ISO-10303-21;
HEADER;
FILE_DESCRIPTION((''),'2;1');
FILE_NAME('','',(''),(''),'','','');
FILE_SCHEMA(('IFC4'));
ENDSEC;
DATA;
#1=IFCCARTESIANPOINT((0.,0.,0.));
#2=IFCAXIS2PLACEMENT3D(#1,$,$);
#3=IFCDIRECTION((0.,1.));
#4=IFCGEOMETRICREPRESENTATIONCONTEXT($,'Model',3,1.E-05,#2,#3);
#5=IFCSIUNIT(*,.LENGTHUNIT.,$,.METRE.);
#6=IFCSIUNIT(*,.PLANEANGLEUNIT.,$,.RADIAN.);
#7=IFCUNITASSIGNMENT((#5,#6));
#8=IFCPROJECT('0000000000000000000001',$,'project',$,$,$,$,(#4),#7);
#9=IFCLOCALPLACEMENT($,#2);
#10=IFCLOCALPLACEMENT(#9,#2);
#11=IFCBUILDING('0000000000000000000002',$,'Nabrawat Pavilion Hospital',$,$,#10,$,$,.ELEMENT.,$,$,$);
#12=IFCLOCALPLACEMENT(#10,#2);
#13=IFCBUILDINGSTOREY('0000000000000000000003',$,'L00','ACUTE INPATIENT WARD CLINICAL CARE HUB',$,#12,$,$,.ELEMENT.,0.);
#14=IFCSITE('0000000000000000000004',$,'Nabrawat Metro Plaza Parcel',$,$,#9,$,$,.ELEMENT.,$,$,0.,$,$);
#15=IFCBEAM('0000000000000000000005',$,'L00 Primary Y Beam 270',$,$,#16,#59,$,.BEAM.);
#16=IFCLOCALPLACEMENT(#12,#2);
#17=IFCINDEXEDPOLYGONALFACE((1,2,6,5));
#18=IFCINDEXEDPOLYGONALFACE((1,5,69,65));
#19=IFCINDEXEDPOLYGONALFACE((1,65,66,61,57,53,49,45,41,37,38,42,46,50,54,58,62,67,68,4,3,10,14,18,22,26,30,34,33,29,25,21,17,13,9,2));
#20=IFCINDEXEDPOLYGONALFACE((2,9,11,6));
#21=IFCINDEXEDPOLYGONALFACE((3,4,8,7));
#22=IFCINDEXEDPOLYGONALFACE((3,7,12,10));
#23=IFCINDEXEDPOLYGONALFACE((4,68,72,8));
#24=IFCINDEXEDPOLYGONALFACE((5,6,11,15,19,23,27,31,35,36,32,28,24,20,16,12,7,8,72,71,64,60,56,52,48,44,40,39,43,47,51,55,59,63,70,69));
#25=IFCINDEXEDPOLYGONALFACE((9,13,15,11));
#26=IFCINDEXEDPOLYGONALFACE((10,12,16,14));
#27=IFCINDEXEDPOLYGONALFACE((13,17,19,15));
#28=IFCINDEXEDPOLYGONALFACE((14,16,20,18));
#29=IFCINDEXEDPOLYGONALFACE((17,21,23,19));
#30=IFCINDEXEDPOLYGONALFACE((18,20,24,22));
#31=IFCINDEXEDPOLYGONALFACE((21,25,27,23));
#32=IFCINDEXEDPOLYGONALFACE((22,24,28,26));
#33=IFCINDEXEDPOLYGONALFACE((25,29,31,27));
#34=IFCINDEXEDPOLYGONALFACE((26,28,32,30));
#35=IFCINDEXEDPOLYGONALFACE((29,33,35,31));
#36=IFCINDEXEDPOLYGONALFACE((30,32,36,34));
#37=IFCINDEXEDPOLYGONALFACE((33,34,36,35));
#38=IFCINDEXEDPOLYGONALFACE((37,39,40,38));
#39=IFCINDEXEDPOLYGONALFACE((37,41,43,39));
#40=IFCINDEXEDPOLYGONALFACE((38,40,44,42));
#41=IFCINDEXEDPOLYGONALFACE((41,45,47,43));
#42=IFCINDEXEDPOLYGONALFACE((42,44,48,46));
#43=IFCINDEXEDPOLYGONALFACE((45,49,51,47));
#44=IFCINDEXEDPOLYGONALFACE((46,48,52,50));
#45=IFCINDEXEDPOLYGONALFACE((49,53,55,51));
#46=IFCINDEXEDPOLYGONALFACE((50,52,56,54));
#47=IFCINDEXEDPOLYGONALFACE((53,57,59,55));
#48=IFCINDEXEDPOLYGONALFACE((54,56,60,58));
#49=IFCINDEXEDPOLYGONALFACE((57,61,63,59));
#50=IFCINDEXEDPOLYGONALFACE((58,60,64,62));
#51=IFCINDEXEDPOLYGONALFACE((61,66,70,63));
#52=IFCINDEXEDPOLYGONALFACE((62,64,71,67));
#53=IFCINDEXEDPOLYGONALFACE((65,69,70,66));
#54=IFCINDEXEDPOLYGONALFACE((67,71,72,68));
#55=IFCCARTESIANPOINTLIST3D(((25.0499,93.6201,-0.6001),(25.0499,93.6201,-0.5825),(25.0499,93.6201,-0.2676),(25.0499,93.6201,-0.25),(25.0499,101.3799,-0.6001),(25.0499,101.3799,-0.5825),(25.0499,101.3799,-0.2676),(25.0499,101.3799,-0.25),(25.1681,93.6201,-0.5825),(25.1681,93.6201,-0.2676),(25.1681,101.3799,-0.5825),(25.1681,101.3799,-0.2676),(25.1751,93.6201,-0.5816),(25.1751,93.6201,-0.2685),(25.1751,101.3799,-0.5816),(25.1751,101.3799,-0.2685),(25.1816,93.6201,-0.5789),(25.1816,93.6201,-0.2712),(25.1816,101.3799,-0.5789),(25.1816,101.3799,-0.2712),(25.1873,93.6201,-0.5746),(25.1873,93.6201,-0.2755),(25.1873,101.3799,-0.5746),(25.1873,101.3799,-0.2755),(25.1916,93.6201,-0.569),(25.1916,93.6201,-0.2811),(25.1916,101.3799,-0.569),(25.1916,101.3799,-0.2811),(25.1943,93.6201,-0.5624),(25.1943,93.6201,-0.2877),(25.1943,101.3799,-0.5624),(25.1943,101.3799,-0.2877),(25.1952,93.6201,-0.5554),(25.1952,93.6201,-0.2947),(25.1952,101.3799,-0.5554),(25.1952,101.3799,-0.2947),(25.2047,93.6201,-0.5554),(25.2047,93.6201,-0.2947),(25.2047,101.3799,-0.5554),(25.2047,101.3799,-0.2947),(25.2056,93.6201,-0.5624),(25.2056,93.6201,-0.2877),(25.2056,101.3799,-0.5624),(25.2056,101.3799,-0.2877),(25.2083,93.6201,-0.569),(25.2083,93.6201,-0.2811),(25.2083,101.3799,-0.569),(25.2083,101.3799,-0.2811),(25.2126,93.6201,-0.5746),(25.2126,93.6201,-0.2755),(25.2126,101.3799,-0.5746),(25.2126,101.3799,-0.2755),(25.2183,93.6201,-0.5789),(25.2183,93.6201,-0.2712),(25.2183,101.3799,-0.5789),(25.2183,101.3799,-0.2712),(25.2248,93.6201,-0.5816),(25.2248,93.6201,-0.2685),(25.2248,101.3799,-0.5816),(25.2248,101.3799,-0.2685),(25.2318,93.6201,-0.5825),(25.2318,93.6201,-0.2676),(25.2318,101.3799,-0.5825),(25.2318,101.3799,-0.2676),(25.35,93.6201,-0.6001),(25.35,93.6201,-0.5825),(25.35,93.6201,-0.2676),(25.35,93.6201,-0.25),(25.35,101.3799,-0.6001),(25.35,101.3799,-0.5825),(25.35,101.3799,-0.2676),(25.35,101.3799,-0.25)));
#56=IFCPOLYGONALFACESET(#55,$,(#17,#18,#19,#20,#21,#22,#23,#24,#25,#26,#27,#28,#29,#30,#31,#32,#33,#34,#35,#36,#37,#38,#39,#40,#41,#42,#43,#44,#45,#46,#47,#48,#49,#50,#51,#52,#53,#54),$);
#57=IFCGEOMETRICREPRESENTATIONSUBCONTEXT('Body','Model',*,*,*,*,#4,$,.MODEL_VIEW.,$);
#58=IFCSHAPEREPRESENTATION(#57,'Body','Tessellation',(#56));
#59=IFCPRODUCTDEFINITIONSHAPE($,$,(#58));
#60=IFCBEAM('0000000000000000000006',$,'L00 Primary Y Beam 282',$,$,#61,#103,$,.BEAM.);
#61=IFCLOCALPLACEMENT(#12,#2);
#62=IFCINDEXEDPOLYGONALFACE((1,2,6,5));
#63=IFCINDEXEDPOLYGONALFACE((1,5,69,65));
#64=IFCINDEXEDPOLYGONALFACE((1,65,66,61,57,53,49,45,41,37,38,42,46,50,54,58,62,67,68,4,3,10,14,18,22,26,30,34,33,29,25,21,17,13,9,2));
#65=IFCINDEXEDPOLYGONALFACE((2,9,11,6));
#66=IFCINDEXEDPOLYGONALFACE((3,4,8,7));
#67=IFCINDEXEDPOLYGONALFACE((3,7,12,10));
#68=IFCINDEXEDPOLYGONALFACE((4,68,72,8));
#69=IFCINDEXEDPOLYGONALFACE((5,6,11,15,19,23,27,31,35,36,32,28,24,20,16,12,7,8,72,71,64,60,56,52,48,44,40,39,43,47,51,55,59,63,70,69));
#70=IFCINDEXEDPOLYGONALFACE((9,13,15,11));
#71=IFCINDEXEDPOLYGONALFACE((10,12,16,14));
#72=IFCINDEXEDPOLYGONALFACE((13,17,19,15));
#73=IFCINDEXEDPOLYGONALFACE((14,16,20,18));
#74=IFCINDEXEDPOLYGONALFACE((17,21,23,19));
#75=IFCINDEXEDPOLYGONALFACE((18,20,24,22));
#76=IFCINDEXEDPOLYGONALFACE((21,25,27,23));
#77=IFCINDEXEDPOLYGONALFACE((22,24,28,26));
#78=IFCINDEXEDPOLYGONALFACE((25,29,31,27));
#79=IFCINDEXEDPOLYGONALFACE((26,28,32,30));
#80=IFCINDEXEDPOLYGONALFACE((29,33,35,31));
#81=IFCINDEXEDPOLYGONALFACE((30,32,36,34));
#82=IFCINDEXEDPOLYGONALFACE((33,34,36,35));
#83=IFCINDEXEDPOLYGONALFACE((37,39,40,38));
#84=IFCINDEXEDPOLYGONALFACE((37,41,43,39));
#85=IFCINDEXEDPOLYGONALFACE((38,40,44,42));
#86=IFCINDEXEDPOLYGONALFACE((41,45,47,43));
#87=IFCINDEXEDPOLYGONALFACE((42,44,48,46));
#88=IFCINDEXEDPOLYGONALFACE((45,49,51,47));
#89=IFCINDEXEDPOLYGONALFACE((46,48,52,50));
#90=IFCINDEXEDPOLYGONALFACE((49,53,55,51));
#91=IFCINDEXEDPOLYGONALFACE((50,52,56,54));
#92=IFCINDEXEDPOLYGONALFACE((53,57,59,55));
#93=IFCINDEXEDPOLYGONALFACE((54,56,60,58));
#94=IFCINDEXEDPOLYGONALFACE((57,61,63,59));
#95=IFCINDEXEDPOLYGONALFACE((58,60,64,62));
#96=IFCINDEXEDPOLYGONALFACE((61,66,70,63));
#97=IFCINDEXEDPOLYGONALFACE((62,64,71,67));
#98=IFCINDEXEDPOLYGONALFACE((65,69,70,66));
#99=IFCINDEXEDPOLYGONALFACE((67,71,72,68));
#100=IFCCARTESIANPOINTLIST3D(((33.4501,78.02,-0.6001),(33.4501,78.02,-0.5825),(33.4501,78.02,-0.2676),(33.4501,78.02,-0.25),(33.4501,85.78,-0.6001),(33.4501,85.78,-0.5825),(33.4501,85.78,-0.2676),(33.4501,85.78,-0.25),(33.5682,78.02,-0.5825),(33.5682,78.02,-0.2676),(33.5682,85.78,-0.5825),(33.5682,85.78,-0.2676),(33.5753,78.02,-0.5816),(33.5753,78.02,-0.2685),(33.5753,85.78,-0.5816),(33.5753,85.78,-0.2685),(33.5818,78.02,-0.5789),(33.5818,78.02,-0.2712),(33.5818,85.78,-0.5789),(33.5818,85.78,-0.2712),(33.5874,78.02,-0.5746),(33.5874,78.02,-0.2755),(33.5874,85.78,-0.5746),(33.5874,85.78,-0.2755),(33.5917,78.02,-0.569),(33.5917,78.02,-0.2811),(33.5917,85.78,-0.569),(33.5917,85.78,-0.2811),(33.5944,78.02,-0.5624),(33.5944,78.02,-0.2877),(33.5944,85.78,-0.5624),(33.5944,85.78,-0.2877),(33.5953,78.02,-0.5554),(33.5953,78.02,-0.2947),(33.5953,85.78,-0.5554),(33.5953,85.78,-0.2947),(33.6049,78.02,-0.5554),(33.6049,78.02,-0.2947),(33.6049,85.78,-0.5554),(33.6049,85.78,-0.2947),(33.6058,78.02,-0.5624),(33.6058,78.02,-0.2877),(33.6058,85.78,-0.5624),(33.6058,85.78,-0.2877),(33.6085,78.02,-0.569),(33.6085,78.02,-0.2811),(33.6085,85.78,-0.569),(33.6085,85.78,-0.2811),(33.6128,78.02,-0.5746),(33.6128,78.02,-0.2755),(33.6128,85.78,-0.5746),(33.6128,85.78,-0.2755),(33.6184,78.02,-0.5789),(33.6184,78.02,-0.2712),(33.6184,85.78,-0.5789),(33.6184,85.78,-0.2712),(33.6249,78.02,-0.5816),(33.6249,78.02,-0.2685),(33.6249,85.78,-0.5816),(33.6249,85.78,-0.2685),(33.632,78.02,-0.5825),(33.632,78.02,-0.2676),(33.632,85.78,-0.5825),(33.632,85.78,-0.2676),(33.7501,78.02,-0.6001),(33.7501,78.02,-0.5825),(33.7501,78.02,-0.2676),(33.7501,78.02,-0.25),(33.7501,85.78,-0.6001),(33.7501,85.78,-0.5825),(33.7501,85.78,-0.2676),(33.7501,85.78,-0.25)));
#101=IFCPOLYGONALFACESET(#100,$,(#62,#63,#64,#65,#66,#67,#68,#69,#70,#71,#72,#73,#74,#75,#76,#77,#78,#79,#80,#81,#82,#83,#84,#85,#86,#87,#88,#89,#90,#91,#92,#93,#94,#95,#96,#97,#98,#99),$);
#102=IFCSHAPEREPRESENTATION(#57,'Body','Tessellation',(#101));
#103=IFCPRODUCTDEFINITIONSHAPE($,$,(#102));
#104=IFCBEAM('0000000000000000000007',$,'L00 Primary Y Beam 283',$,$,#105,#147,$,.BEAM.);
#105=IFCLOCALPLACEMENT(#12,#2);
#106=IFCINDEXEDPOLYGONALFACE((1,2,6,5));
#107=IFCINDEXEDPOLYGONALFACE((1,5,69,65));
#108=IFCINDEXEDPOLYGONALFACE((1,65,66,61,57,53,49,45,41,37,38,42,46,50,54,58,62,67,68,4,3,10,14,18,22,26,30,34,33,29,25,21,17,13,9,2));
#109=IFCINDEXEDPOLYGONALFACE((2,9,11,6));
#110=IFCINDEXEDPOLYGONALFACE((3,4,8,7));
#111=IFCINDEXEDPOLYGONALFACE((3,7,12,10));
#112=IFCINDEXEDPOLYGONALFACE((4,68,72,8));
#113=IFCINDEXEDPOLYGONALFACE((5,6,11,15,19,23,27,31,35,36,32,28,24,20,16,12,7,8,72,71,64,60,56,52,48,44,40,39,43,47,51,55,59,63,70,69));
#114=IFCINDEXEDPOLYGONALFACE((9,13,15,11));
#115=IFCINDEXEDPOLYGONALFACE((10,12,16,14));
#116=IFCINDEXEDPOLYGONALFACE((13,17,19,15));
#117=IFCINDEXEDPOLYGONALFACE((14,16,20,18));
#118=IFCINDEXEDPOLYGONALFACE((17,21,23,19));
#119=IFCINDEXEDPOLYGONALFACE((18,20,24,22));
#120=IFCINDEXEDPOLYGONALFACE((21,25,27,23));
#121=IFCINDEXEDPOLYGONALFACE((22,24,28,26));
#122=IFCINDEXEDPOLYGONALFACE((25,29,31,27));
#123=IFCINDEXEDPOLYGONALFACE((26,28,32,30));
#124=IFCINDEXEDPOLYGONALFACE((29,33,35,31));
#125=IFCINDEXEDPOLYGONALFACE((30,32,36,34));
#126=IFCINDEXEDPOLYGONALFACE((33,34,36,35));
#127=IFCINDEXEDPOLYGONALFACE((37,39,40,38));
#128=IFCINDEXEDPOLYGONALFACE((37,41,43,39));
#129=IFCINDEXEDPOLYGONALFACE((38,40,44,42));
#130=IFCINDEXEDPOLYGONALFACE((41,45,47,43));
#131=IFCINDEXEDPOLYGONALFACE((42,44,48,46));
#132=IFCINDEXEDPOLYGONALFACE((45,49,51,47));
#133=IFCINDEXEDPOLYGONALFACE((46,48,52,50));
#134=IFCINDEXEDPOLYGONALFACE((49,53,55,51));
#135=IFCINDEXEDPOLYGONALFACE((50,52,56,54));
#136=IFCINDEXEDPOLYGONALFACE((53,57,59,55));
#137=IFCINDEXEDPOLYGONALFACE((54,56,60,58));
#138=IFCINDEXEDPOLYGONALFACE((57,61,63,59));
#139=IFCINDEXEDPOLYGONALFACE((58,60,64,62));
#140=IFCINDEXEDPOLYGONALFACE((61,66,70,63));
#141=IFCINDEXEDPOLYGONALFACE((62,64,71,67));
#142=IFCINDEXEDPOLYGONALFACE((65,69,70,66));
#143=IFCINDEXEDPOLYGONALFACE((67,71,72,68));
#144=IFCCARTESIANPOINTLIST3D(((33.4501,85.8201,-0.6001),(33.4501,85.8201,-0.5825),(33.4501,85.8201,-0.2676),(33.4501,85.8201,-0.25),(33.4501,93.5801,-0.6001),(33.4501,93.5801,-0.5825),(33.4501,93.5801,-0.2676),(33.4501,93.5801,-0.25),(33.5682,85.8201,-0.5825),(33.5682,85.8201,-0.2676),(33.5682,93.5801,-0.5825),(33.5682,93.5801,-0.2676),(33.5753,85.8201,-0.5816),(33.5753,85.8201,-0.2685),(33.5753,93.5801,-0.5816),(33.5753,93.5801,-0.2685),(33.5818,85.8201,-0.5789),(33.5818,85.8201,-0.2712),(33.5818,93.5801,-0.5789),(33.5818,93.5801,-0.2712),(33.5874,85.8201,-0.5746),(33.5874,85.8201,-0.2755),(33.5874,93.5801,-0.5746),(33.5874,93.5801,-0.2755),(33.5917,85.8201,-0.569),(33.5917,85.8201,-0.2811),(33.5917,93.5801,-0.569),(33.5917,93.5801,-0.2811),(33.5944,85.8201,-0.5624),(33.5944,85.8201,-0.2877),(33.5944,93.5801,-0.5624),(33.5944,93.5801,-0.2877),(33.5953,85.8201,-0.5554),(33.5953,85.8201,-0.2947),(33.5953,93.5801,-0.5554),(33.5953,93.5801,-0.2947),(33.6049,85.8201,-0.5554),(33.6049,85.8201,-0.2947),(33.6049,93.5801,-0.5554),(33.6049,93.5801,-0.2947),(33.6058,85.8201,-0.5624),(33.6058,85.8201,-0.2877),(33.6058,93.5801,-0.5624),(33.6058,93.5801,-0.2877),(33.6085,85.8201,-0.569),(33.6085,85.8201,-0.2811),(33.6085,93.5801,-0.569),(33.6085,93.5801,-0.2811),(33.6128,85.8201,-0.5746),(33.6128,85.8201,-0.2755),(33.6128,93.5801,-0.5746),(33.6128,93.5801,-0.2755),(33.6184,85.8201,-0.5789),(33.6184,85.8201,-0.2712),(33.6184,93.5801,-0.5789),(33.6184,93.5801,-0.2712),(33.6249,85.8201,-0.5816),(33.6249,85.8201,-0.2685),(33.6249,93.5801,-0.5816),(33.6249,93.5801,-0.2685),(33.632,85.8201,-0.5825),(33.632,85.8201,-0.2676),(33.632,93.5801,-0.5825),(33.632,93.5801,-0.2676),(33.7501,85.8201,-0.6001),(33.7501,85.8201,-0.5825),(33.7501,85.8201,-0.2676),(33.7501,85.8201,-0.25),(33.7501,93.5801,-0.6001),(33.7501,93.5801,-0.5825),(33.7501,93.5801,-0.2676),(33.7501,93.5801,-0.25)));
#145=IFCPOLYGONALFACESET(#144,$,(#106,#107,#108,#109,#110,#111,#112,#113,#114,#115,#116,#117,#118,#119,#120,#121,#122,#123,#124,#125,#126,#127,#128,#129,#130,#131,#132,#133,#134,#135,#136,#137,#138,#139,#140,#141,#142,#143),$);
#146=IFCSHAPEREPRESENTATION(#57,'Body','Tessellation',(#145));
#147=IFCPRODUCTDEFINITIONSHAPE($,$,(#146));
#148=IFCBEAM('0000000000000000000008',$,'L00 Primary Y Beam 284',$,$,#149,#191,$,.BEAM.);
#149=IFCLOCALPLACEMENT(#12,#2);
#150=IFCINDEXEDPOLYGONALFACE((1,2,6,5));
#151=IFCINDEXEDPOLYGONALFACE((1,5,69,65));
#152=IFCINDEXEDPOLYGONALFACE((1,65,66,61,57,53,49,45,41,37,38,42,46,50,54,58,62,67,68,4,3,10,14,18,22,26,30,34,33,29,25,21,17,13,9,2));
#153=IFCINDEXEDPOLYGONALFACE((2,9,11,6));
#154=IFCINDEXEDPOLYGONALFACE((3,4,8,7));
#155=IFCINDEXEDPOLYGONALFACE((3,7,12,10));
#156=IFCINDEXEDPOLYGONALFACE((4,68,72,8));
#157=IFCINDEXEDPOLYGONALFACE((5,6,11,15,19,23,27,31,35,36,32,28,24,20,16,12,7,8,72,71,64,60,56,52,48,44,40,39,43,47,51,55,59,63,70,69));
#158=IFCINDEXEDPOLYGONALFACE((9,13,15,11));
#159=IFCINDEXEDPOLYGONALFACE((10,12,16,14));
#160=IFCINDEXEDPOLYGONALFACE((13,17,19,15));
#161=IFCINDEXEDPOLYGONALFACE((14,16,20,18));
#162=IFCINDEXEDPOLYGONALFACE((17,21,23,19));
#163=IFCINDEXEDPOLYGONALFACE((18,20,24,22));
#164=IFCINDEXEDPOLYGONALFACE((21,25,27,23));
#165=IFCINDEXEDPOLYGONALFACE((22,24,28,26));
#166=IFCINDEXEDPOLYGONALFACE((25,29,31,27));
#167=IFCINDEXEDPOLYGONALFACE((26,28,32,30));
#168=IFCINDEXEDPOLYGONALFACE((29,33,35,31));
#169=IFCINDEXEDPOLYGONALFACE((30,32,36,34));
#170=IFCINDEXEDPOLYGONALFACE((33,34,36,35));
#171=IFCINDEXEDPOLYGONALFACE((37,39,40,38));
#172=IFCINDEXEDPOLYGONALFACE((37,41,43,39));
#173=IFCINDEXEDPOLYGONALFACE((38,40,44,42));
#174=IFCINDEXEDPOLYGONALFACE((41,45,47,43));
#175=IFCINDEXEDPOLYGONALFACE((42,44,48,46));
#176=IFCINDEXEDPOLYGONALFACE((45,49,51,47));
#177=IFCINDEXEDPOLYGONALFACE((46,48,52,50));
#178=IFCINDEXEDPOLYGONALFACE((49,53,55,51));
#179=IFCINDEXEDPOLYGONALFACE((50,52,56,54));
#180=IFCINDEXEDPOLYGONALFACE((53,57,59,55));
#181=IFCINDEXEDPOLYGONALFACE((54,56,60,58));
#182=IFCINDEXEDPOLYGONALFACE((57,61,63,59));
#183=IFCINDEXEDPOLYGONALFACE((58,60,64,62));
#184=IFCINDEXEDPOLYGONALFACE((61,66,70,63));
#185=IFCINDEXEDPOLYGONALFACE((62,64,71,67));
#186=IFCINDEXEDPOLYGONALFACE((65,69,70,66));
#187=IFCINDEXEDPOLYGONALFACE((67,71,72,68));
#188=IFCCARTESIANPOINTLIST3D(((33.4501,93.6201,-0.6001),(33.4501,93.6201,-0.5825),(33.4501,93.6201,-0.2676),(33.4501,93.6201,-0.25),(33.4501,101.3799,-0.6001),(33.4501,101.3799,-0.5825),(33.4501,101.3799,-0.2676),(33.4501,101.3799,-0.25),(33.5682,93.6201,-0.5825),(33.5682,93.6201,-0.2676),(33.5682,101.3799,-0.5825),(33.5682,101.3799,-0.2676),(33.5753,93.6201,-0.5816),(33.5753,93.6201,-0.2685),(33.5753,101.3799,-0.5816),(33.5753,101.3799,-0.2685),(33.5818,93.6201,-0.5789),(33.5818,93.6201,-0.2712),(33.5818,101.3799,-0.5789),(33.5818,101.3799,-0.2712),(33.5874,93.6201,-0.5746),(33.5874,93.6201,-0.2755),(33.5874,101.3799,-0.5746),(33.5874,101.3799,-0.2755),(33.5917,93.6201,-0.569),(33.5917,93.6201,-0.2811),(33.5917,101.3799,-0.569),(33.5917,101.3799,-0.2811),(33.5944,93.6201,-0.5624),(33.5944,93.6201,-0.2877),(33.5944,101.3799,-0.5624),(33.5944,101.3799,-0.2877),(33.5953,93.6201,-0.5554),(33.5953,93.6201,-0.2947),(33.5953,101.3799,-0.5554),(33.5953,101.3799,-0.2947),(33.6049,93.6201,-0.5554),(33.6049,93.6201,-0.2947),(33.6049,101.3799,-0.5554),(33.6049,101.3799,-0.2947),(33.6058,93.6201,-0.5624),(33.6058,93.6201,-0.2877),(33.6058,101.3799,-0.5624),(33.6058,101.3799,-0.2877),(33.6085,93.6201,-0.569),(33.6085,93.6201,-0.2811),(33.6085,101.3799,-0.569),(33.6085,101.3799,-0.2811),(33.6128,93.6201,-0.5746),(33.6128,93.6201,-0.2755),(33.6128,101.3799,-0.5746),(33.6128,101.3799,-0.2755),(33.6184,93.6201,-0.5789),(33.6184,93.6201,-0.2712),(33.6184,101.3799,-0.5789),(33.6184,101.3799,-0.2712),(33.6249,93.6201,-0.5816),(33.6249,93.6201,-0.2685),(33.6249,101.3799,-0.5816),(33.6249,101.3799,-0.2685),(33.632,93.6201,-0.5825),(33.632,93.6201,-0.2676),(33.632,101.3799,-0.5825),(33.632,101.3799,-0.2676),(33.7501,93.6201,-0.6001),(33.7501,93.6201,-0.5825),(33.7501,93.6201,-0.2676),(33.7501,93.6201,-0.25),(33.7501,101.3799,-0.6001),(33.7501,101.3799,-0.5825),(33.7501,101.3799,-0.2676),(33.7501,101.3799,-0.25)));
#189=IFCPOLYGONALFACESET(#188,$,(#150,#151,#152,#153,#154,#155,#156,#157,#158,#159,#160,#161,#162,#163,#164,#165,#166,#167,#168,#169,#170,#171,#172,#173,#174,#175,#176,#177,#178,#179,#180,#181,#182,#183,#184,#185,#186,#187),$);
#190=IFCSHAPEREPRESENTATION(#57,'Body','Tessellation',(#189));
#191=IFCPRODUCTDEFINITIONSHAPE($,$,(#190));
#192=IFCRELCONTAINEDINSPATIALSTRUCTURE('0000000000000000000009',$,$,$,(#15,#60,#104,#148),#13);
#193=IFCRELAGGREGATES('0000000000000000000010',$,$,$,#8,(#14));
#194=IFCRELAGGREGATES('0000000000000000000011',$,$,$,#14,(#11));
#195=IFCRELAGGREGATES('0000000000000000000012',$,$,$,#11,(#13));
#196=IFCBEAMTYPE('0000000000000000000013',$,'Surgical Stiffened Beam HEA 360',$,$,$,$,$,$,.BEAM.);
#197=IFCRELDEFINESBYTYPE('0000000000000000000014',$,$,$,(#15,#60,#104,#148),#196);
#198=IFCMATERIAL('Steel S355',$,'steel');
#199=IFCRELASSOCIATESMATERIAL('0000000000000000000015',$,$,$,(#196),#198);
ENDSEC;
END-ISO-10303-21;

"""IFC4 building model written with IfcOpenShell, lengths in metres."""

from ifc_helpers import new_model, si_unit, direction, frame, origin, origin_2d, place, context, subcontext, project, spatial, i_section, extrude, material, material_profile, profile_set, type_object, element, save


model = new_model("IFC4")

# Units and contexts
model_context = context("Model", 3, precision=1e-05, world=origin(), true_north=direction((0.0, 1.0)))
body_context = subcontext(model_context, "Body", "Model", "MODEL_VIEW")
ifc_project = project(units=[si_unit("LENGTHUNIT", "METRE"), si_unit("PLANEANGLEUNIT", "RADIAN")], contexts=[model_context])

# Site, building, storey
site_placement = place(None, origin())
site = spatial("IfcSite", under=ifc_project, at=site_placement, Name="Nabrawat Metro Plaza Parcel", CompositionType="ELEMENT", RefElevation=0.0)
building_placement = place(site_placement, origin())
building = spatial("IfcBuilding", under=site, at=building_placement, Name="Nabrawat Pavilion Hospital", CompositionType="ELEMENT")
storey_placement = place(building_placement, origin())
storey = spatial("IfcBuildingStorey", under=building, at=storey_placement, Name="L00", Description="ACUTE INPATIENT WARD CLINICAL CARE HUB", CompositionType="ELEMENT", Elevation=0.0)

# Shared definitions
ifc_material_1 = material(Name="Steel S355", Category="steel")

# Beams
ifc_material_profile_1 = material_profile(ifc_material_1, i_section(OverallWidth=0.3, OverallDepth=0.3501, WebThickness=0.0095, FlangeThickness=0.0176, FilletRadius=0.0271, at=origin_2d()), Name="HEA 360")
ifc_profile_set_1 = profile_set([ifc_material_profile_1], Name="Steel S355")
beam_type_1 = type_object("IfcBeamType", Name="Surgical Stiffened Beam HEA 360", PredefinedType="BEAM", material=ifc_profile_set_1)
beam_1_placement = place(storey_placement, frame((25.2, 93.6201, -0.425), z_axis=(0.0, 1.0, 0.0), x_axis=(-1.0, 0.0, 0.0)))
element("IfcBeam", 1, at=beam_1_placement, inside=storey, type_object=beam_type_1, Name="L00 Primary Y Beam 270", PredefinedType="BEAM", context=body_context, shape_type="SweptSolid", body=[
    extrude(i_section(OverallWidth=0.3, OverallDepth=0.3501, WebThickness=0.0095, FlangeThickness=0.0176, FilletRadius=0.0271, at=origin_2d()), origin(), (0.0, 0.0, 1.0), 7.7598),
])
for number, where, z_axis, x_axis, name in (
    (2, (33.6001, 78.02, -0.425), (0.0, 1.0, 0.0), (-1.0, 0.0, 0.0), "L00 Primary Y Beam 282"),
    (3, (33.6001, 85.8201, -0.425), (0.0, 1.0, 0.0), (-1.0, 0.0, 0.0), "L00 Primary Y Beam 283"),
):
    element("IfcBeam", number, at=place(storey_placement, frame(where, z_axis=z_axis, x_axis=x_axis)), inside=storey, type_object=beam_type_1, Name=name, PredefinedType="BEAM", context=body_context, shape_type="SweptSolid", body=[
        extrude(i_section(OverallWidth=0.3, OverallDepth=0.3501, WebThickness=0.0095, FlangeThickness=0.0176, FilletRadius=0.0271, at=origin_2d()), origin(), (0.0, 0.0, 1.0), 7.76),
    ])
beam_2_placement = place(storey_placement, frame((33.6001, 93.6201, -0.425), z_axis=(0.0, 1.0, 0.0), x_axis=(-1.0, 0.0, 0.0)))
element("IfcBeam", 4, at=beam_2_placement, inside=storey, type_object=beam_type_1, Name="L00 Primary Y Beam 284", PredefinedType="BEAM", context=body_context, shape_type="SweptSolid", body=[
    extrude(i_section(OverallWidth=0.3, OverallDepth=0.3501, WebThickness=0.0095, FlangeThickness=0.0176, FilletRadius=0.0271, at=origin_2d()), origin(), (0.0, 0.0, 1.0), 7.7598),
])

save(model, "model.ifc")
